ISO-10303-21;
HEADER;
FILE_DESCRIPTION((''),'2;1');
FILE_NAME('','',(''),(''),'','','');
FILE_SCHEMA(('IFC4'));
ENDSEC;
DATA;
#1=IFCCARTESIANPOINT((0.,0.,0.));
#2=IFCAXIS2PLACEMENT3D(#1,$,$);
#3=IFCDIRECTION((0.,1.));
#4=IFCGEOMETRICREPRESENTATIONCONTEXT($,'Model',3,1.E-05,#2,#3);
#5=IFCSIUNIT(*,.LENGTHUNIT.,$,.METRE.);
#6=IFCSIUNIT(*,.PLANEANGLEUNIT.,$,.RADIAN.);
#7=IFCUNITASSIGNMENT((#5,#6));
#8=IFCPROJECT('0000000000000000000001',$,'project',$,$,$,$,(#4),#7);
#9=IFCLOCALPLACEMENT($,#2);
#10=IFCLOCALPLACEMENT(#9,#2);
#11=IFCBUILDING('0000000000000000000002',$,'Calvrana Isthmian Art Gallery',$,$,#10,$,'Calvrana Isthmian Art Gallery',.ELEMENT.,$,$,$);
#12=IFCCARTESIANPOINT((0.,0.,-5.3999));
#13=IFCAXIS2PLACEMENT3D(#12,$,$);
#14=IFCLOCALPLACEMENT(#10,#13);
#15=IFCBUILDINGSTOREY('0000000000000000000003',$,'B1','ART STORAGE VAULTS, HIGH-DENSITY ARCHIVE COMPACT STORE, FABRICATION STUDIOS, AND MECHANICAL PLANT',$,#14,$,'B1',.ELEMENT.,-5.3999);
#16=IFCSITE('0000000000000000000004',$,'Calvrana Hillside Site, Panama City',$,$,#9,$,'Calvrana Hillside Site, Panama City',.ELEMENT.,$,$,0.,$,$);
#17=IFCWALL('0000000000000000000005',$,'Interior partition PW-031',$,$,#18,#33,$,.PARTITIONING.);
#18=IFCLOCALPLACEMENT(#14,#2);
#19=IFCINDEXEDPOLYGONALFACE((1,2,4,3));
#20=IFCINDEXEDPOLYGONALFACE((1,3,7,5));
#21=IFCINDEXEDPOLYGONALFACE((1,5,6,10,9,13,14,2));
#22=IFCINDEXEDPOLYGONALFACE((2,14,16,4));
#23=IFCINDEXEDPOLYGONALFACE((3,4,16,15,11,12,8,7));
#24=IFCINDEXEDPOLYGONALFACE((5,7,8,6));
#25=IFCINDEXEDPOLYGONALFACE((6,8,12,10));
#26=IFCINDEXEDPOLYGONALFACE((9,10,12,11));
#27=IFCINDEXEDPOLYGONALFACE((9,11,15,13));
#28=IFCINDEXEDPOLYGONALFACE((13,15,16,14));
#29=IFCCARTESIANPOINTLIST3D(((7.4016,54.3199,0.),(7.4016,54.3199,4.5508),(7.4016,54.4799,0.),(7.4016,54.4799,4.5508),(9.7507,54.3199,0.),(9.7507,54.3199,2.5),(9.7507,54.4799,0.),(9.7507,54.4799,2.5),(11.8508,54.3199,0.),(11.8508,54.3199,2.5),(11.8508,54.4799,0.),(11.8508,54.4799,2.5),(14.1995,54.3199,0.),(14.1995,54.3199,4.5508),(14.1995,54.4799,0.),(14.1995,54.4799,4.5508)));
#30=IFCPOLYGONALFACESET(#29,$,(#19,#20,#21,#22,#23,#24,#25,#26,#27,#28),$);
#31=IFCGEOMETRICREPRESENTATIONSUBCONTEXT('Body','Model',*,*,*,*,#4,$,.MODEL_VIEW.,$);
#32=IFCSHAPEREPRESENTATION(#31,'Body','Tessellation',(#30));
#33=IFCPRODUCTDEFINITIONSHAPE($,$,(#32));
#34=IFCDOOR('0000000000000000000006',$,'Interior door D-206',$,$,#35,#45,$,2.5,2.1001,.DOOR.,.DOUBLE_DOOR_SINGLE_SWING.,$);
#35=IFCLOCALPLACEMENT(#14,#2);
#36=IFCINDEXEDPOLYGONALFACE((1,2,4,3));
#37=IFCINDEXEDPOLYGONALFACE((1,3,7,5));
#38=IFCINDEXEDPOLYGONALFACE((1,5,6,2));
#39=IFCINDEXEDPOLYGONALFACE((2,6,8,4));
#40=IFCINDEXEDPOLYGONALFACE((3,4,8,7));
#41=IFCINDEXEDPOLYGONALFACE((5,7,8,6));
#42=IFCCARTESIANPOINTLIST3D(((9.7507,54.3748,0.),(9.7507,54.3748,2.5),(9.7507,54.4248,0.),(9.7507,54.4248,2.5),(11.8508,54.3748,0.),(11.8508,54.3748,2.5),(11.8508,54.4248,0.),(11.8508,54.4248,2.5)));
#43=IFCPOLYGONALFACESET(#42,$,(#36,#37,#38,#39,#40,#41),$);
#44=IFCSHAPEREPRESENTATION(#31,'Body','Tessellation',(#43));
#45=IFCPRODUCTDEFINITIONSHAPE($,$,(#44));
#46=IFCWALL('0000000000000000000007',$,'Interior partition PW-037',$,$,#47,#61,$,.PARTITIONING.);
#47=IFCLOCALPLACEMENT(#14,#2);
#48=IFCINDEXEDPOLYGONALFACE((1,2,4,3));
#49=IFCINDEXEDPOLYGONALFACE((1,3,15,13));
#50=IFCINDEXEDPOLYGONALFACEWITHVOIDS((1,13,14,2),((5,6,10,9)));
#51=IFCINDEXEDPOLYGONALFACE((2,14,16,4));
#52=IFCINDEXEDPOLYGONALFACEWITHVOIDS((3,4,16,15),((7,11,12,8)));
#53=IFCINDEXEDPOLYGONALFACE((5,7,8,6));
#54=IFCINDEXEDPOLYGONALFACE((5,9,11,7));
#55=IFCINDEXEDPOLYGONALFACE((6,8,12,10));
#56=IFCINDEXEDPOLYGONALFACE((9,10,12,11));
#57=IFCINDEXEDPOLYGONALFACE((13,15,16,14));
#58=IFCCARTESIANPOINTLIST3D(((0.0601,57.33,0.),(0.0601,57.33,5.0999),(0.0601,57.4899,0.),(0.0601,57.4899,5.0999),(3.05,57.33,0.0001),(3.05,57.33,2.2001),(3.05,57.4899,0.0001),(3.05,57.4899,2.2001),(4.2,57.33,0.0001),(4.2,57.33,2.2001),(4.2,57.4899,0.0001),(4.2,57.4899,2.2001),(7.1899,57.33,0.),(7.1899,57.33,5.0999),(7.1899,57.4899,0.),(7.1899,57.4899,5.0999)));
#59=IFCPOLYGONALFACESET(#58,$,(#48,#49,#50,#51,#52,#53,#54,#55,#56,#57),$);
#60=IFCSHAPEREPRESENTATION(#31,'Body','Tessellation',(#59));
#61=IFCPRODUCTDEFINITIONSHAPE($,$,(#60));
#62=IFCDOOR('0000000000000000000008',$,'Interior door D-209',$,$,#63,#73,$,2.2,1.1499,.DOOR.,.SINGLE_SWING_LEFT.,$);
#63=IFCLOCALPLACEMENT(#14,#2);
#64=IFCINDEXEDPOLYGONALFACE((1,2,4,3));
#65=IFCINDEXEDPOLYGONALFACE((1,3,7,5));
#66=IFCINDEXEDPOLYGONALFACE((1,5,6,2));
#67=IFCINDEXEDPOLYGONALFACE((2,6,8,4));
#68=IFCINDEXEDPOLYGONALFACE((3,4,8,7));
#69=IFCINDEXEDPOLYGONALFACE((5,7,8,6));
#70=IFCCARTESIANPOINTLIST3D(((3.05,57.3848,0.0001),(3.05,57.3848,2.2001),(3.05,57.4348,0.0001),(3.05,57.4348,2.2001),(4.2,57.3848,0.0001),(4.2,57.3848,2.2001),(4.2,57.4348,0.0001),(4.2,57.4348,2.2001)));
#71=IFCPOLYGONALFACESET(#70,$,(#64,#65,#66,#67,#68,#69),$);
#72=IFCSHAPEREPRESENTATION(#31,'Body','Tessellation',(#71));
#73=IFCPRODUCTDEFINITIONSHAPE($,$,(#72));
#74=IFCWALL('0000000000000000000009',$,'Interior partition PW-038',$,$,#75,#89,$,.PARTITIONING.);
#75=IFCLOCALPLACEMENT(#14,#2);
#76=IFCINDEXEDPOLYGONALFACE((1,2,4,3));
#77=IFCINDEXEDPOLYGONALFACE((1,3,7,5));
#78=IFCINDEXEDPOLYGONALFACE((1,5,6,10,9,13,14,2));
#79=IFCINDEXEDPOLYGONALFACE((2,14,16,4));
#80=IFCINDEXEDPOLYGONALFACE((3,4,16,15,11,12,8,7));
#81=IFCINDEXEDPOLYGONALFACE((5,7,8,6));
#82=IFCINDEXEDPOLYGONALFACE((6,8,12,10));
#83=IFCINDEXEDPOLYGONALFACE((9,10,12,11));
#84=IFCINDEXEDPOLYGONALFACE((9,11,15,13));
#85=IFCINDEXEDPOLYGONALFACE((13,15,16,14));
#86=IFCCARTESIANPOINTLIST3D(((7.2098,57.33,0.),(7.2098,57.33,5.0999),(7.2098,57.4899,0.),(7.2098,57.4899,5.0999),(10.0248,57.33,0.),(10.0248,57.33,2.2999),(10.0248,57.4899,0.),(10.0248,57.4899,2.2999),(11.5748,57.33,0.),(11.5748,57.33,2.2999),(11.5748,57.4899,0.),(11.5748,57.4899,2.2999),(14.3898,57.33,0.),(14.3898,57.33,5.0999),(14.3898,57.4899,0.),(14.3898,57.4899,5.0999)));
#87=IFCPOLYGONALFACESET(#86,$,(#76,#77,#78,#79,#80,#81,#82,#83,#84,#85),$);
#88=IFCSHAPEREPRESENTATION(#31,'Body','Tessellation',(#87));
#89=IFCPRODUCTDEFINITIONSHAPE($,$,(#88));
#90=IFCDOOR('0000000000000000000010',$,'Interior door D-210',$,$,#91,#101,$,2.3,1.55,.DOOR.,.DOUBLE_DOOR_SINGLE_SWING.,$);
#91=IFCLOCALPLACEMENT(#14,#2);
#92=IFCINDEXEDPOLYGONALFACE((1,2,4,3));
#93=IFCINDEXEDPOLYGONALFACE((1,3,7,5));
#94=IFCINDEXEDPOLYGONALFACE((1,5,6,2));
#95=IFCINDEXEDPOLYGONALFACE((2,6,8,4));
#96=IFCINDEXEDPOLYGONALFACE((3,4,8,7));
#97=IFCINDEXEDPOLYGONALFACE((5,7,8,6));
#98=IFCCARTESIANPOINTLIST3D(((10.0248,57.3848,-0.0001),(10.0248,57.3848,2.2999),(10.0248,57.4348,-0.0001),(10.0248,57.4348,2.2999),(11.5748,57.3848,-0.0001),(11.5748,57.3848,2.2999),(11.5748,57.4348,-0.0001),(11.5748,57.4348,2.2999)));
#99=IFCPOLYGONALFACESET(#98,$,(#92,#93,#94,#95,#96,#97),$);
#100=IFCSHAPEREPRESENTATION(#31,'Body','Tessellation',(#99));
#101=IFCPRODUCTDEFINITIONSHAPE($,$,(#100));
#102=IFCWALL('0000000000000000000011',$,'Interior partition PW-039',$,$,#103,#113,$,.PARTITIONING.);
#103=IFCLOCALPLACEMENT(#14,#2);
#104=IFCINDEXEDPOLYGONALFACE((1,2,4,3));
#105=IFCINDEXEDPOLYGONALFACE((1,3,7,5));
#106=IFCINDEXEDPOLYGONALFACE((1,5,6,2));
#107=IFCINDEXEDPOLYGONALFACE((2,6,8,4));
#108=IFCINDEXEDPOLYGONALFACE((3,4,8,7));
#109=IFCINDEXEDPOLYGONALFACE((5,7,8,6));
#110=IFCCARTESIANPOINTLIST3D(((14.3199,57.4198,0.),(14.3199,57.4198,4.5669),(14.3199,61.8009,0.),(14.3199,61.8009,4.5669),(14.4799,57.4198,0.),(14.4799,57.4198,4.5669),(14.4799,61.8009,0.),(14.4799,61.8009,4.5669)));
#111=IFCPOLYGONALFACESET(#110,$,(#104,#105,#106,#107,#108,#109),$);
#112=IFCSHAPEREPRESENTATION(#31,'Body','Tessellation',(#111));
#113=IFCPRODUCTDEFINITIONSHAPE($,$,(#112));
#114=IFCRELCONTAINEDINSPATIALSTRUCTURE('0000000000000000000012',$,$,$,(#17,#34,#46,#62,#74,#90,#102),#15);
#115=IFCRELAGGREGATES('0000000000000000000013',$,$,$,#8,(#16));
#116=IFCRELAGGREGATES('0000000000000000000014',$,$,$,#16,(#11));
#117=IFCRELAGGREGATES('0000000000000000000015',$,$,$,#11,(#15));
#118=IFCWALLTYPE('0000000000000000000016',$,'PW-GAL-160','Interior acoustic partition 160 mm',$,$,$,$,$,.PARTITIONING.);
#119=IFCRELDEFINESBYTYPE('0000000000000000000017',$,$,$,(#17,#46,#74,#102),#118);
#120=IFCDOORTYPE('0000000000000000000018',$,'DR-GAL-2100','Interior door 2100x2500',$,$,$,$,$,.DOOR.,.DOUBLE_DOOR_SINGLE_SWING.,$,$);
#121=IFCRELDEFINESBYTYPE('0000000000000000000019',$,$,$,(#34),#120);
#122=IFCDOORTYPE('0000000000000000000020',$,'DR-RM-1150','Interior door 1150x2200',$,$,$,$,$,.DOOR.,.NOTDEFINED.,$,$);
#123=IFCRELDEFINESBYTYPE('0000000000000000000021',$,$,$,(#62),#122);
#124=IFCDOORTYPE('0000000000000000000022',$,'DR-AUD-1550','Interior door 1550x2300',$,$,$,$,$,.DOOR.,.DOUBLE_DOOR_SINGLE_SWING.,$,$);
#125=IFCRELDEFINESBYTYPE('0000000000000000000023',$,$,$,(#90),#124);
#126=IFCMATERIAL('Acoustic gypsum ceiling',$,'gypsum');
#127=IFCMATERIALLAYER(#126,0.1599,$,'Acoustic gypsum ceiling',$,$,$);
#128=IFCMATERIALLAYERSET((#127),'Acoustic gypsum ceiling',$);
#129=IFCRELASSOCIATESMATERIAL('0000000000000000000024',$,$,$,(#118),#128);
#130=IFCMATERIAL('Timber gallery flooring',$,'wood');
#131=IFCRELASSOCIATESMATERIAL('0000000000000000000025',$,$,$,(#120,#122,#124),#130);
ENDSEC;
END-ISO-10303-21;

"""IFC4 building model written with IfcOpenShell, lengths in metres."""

from ifc_helpers import new_model, si_unit, direction, frame, frame_2d, origin, place, context, subcontext, project, spatial, rectangle, extrude, material, layer, layer_set, type_object, element, fill, save


model = new_model("IFC4")

# Units and contexts
model_context = context("Model", 3, precision=1e-05, world=origin(), true_north=direction((0.0, 1.0)))
body_context = subcontext(model_context, "Body", "Model", "MODEL_VIEW")
ifc_project = project(units=[si_unit("LENGTHUNIT", "METRE"), si_unit("PLANEANGLEUNIT", "RADIAN")], contexts=[model_context])

# Site, building, storey
site_placement = place(None, origin())
site = spatial("IfcSite", under=ifc_project, at=site_placement, Name="Calvrana Hillside Site, Panama City", LongName="Calvrana Hillside Site, Panama City", CompositionType="ELEMENT", RefElevation=0.0)
building_placement = place(site_placement, origin())
building = spatial("IfcBuilding", under=site, at=building_placement, Name="Calvrana Isthmian Art Gallery", LongName="Calvrana Isthmian Art Gallery", CompositionType="ELEMENT")
storey_placement = place(building_placement, frame((0.0, 0.0, -5.3999)))
storey = spatial("IfcBuildingStorey", under=building, at=storey_placement, Name="B1", Description="ART STORAGE VAULTS, HIGH-DENSITY ARCHIVE COMPACT STORE, FABRICATION STUDIOS, AND MECHANICAL PLANT", LongName="B1", CompositionType="ELEMENT", Elevation=-5.3999)

# Walls, openings, doors
ifc_material_1 = material(Name="Acoustic gypsum ceiling", Category="gypsum")
ifc_layer_1 = layer(ifc_material_1, 0.1599, Name="Acoustic gypsum ceiling")
ifc_layer_set_1 = layer_set([ifc_layer_1], Name="Acoustic gypsum ceiling")
wall_type = type_object("IfcWallType", Name="PW-GAL-160", Description="Interior acoustic partition 160 mm", PredefinedType="PARTITIONING", material=ifc_layer_set_1)
ifc_material_2 = material(Name="Timber gallery flooring", Category="wood")
wall_1_placement = place(storey_placement, frame((7.4016, 54.3999, 0.0), z_axis=(0.0, 0.0, 1.0), x_axis=(1.0, 0.0, 0.0)))
wall_1 = element("IfcWall", 1, at=wall_1_placement, inside=storey, type_object=wall_type, Name="Interior partition PW-031", PredefinedType="PARTITIONING", context=body_context, shape_type="SweptSolid", body=[
    extrude(rectangle(XDim=6.7979, YDim=0.1599, at=frame_2d((3.3989, 0.0))), origin(), (0.0, 0.0, 1.0), 4.5508),
])
opening_1_placement = place(wall_1_placement, frame((2.3491, 0.0, 0.0)))
opening_1 = element("IfcOpeningElement", 2, at=opening_1_placement, cuts=wall_1, PredefinedType="OPENING", context=body_context, shape_type="SweptSolid", body=[
    extrude(rectangle(XDim=2.1001, YDim=2.5, at=frame_2d((1.05, 1.25))), frame((0.0, 0.0903, 0.0), z_axis=(0.0, -1.0, 0.0), x_axis=(1.0, 0.0, 0.0)), (0.0, 0.0, 1.0), 0.1804),
])
door_type_1 = type_object("IfcDoorType", Name="DR-GAL-2100", Description="Interior door 2100x2500", OperationType="DOUBLE_DOOR_SINGLE_SWING", PredefinedType="DOOR", material=ifc_material_2)
door_1_placement = place(opening_1_placement, origin())
door_1 = element("IfcDoor", 3, at=door_1_placement, inside=storey, type_object=door_type_1, Name="Interior door D-206", OperationType="DOUBLE_DOOR_SINGLE_SWING", OverallHeight=2.5, OverallWidth=2.1001, PredefinedType="DOOR", context=body_context, shape_type="SweptSolid", body=[
    extrude(rectangle(XDim=2.1001, YDim=2.5, at=frame_2d((1.05, 1.25))), frame((0.0, 0.0249, 0.0), z_axis=(0.0, -1.0, 0.0), x_axis=(1.0, 0.0, 0.0)), (0.0, 0.0, 1.0), 0.05),
])
fill(opening_1, door_1)
wall_2_placement = place(storey_placement, frame((0.0601, 57.4099, 0.0), z_axis=(0.0, 0.0, 1.0), x_axis=(1.0, 0.0, 0.0)))
wall_2 = element("IfcWall", 4, at=wall_2_placement, inside=storey, type_object=wall_type, Name="Interior partition PW-037", PredefinedType="PARTITIONING", context=body_context, shape_type="SweptSolid", body=[
    extrude(rectangle(XDim=7.1299, YDim=0.1599, at=frame_2d((3.5649, 0.0))), origin(), (0.0, 0.0, 1.0), 5.0999),
])
opening_2_placement = place(wall_2_placement, frame((2.99, 0.0, 0.0)))
opening_2 = element("IfcOpeningElement", 5, at=opening_2_placement, cuts=wall_2, PredefinedType="OPENING", context=body_context, shape_type="SweptSolid", body=[
    extrude(rectangle(XDim=1.1499, YDim=2.2, at=frame_2d((0.575, 1.1001))), frame((0.0, 0.0903, 0.0), z_axis=(0.0, -1.0, 0.0), x_axis=(1.0, 0.0, 0.0)), (0.0, 0.0, 1.0), 0.1804),
])
door_type_2 = type_object("IfcDoorType", Name="DR-RM-1150", Description="Interior door 1150x2200", OperationType="NOTDEFINED", PredefinedType="DOOR", material=ifc_material_2)
door_2_placement = place(opening_2_placement, origin())
door_2 = element("IfcDoor", 6, at=door_2_placement, inside=storey, type_object=door_type_2, Name="Interior door D-209", OperationType="SINGLE_SWING_LEFT", OverallHeight=2.2, OverallWidth=1.1499, PredefinedType="DOOR", context=body_context, shape_type="SweptSolid", body=[
    extrude(rectangle(XDim=1.1499, YDim=2.2, at=frame_2d((0.575, 1.1001))), frame((0.0, 0.0249, 0.0), z_axis=(0.0, -1.0, 0.0), x_axis=(1.0, 0.0, 0.0)), (0.0, 0.0, 1.0), 0.05),
])
fill(opening_2, door_2)
wall_3_placement = place(storey_placement, frame((7.21, 57.4099, 0.0), z_axis=(0.0, 0.0, 1.0), x_axis=(1.0, 0.0, 0.0)))
wall_3 = element("IfcWall", 7, at=wall_3_placement, inside=storey, type_object=wall_type, Name="Interior partition PW-038", PredefinedType="PARTITIONING", context=body_context, shape_type="SweptSolid", body=[
    extrude(rectangle(XDim=7.1799, YDim=0.1599, at=frame_2d((3.5898, 0.0))), origin(), (0.0, 0.0, 1.0), 5.0999),
])
opening_3_placement = place(wall_3_placement, frame((2.8149, 0.0, 0.0)))
opening_3 = element("IfcOpeningElement", 8, at=opening_3_placement, cuts=wall_3, PredefinedType="OPENING", context=body_context, shape_type="SweptSolid", body=[
    extrude(rectangle(XDim=1.55, YDim=2.3, at=frame_2d((0.7749, 1.1499))), frame((0.0, 0.0903, 0.0), z_axis=(0.0, -1.0, 0.0), x_axis=(1.0, 0.0, 0.0)), (0.0, 0.0, 1.0), 0.1804),
])
door_type_3 = type_object("IfcDoorType", Name="DR-AUD-1550", Description="Interior door 1550x2300", OperationType="DOUBLE_DOOR_SINGLE_SWING", PredefinedType="DOOR", material=ifc_material_2)
door_3_placement = place(opening_3_placement, origin())
door_3 = element("IfcDoor", 9, at=door_3_placement, inside=storey, type_object=door_type_3, Name="Interior door D-210", OperationType="DOUBLE_DOOR_SINGLE_SWING", OverallHeight=2.3, OverallWidth=1.55, PredefinedType="DOOR", context=body_context, shape_type="SweptSolid", body=[
    extrude(rectangle(XDim=1.55, YDim=2.3, at=frame_2d((0.7749, 1.1499))), frame((0.0, 0.0249, 0.0), z_axis=(0.0, -1.0, 0.0), x_axis=(1.0, 0.0, 0.0)), (0.0, 0.0, 1.0), 0.05),
])
fill(opening_3, door_3)

# Wall
wall_4_placement = place(storey_placement, frame((14.3999, 57.4199, 0.0), z_axis=(0.0, 0.0, 1.0), x_axis=(0.0, 1.0, 0.0)))
element("IfcWall", 10, at=wall_4_placement, inside=storey, type_object=wall_type, Name="Interior partition PW-039", PredefinedType="PARTITIONING", context=body_context, shape_type="SweptSolid", body=[
    extrude(rectangle(XDim=4.3811, YDim=0.1599, at=frame_2d((2.1904, 0.0))), origin(), (0.0, 0.0, 1.0), 4.5669),
])

save(model, "model.ifc")
